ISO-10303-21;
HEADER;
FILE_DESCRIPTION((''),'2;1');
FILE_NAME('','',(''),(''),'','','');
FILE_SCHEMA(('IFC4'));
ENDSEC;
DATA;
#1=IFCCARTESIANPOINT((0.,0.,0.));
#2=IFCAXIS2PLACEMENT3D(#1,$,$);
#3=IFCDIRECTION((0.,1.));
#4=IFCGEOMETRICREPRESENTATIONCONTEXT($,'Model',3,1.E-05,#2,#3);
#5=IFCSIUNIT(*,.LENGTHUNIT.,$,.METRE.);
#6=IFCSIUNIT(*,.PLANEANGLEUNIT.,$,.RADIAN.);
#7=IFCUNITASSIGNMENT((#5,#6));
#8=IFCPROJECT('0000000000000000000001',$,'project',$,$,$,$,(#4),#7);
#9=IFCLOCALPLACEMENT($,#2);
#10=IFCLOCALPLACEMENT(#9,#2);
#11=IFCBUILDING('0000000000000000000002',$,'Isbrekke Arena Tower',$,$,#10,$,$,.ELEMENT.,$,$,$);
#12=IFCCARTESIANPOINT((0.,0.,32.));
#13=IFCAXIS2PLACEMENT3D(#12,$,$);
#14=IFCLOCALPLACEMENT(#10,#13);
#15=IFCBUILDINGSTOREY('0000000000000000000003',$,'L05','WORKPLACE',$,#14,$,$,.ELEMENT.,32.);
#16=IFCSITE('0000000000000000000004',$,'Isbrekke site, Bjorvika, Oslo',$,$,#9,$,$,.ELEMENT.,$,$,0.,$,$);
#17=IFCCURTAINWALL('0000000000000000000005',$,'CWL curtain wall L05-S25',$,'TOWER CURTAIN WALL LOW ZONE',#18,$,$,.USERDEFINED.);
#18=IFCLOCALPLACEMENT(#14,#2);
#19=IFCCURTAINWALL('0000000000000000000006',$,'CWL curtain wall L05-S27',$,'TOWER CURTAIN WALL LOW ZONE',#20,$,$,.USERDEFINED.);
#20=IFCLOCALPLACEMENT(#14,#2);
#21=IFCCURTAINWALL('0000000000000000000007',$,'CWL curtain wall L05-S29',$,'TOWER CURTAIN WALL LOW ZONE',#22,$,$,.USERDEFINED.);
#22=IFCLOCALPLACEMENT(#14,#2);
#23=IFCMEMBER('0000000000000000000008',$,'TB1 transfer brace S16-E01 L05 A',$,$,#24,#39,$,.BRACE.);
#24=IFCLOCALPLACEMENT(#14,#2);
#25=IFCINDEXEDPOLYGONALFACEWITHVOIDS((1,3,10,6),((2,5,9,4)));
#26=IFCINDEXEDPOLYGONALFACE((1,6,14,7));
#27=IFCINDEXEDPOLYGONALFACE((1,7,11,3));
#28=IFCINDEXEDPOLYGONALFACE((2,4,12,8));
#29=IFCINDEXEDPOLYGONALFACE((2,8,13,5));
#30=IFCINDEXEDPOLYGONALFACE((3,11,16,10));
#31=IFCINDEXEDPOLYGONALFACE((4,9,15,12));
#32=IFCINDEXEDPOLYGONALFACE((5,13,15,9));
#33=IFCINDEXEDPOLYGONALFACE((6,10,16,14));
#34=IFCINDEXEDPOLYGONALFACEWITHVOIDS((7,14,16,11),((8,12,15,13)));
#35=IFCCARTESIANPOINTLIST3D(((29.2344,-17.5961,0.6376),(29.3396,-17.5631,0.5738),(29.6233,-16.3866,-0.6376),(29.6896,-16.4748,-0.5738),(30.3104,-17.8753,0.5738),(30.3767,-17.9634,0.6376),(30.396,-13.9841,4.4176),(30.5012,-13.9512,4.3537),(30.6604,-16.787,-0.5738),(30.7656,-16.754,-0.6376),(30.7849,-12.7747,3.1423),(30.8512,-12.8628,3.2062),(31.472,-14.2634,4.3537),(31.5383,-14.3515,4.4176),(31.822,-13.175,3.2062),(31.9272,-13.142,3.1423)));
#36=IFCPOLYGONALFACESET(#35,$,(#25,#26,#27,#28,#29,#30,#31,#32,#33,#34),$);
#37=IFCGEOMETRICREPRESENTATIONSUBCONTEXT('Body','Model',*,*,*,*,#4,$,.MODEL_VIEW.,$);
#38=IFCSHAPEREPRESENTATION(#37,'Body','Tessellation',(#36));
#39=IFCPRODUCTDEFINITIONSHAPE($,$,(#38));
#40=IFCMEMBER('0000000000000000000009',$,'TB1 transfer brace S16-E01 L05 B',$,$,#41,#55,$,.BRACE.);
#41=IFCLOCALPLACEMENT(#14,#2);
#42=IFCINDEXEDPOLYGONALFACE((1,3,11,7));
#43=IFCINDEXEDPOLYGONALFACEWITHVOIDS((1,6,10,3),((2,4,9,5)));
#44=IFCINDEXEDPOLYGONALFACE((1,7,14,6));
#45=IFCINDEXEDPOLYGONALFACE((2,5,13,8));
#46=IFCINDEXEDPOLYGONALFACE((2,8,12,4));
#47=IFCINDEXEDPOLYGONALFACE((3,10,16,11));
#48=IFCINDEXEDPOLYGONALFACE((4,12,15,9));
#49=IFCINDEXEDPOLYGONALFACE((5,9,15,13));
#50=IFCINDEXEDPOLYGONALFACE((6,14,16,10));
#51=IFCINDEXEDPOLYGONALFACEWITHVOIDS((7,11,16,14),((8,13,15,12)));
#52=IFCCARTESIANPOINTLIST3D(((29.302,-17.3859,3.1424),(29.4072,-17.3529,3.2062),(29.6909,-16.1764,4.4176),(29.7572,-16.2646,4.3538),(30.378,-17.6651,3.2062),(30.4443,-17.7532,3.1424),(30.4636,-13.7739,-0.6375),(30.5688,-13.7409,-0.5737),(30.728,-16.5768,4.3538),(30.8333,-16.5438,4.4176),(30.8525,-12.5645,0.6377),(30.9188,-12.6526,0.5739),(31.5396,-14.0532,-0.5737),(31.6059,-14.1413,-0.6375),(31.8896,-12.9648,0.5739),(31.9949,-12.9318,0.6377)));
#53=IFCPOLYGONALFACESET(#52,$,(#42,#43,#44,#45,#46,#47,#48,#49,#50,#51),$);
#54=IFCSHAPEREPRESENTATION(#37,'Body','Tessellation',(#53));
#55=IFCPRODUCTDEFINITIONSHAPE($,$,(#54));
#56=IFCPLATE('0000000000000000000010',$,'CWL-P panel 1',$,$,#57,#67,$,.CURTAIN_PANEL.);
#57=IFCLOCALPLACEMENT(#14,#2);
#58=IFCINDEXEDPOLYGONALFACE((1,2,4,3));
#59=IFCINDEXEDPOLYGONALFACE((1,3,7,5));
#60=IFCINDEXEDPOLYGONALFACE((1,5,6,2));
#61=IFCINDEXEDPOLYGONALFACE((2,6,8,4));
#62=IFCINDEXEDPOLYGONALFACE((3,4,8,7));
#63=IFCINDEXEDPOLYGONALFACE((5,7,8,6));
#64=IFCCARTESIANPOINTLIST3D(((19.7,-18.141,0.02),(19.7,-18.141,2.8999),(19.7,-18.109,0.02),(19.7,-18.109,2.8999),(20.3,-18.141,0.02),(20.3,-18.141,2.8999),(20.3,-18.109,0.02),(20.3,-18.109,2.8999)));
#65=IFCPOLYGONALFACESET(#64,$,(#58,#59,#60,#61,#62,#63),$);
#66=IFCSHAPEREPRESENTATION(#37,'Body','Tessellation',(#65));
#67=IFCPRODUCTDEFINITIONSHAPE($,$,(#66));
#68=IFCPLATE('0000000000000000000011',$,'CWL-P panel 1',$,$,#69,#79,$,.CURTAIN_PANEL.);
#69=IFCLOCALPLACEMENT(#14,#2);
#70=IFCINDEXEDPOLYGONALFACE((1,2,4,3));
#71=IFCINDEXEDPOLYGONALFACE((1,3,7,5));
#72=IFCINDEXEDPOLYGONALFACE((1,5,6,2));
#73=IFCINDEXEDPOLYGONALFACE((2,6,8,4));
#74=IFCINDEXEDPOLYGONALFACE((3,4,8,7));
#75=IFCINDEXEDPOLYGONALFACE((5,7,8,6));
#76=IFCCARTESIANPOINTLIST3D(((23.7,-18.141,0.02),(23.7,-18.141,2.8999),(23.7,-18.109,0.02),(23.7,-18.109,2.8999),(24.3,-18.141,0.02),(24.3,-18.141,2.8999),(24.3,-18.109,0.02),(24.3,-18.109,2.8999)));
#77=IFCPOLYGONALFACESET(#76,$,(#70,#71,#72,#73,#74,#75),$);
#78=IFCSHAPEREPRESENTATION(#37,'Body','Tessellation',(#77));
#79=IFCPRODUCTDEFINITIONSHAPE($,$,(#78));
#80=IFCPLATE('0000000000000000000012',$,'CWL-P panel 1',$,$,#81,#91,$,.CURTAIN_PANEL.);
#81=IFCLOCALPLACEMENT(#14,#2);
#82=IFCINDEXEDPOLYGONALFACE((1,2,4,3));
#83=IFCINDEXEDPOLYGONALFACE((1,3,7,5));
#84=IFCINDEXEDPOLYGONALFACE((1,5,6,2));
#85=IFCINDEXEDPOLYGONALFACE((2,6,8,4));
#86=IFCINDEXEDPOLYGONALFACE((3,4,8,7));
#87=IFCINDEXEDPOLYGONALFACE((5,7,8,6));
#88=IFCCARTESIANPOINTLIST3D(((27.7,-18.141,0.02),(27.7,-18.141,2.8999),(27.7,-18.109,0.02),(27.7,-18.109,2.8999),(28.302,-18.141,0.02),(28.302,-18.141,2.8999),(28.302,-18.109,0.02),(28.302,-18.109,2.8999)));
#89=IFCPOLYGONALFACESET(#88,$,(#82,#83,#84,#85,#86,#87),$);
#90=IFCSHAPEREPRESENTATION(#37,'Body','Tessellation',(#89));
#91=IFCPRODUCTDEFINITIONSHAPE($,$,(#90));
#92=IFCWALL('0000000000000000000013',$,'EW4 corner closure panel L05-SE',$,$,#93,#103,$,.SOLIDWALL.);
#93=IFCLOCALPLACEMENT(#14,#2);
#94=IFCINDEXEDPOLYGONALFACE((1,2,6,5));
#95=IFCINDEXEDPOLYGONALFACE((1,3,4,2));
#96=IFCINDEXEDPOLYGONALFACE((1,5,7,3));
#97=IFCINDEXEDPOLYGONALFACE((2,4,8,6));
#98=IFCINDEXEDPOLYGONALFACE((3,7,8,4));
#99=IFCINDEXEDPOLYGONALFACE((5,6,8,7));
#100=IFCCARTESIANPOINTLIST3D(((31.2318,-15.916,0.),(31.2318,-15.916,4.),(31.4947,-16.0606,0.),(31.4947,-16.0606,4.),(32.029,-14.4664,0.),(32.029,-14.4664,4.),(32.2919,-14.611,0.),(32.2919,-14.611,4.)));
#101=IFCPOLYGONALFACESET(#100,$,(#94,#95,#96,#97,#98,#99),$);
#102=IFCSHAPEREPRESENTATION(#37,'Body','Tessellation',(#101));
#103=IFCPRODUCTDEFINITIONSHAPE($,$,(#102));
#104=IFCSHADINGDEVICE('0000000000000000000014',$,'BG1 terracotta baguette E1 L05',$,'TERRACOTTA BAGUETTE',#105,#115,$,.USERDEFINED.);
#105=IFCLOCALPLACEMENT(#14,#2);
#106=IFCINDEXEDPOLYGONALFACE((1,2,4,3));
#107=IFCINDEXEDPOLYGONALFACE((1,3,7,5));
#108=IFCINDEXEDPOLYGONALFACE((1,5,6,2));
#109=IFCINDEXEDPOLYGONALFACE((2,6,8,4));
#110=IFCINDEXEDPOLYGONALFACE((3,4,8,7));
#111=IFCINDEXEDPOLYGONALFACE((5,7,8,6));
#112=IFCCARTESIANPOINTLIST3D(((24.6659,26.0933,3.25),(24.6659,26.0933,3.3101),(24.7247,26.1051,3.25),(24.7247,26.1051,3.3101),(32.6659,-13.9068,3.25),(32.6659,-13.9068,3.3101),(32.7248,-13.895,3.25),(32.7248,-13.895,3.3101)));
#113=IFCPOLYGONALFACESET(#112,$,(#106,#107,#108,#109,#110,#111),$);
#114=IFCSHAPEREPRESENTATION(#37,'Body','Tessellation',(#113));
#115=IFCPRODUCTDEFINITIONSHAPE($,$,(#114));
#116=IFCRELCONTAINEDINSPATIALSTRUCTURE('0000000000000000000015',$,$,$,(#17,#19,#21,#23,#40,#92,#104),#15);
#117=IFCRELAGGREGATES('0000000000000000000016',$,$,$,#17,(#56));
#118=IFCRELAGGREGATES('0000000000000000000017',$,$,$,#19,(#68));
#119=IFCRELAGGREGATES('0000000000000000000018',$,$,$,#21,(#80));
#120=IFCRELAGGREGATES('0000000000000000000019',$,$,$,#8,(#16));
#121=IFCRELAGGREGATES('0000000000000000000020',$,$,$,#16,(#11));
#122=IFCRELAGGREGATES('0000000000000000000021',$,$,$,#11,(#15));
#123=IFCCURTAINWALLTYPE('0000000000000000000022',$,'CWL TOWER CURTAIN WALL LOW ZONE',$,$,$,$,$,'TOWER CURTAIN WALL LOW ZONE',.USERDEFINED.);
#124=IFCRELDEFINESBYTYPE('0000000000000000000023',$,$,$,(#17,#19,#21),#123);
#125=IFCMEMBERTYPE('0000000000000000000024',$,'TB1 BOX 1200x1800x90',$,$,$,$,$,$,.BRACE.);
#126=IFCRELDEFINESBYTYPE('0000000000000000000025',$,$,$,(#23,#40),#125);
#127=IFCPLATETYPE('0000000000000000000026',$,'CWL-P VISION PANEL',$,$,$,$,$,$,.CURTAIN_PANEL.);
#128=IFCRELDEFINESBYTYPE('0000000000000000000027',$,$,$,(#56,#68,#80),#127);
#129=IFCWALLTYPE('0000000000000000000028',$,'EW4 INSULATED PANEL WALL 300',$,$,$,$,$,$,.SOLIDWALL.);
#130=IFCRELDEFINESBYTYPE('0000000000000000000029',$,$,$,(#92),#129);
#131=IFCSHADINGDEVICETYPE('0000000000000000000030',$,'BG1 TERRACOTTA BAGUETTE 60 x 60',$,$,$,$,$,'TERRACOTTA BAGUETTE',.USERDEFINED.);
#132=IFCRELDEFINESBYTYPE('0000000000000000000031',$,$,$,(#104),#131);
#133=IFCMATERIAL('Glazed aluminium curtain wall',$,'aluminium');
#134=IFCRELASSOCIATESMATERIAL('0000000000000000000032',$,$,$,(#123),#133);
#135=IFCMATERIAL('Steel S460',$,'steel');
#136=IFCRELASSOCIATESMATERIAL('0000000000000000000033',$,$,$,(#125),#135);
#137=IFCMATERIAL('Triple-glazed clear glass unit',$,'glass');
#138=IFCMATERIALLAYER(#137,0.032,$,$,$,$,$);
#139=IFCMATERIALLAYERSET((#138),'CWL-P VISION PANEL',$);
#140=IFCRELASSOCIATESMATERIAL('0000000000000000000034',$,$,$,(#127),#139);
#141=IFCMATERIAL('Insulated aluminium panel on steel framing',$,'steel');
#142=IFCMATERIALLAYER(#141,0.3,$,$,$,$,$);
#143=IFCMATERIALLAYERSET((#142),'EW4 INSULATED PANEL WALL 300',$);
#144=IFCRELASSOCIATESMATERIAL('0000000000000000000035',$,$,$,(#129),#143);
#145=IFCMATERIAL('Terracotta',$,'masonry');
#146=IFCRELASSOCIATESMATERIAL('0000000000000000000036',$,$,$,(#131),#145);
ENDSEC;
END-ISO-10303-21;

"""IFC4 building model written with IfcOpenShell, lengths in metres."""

from ifc_helpers import new_model, si_unit, direction, frame, frame_2d, origin, origin_2d, place, context, subcontext, project, spatial, rectangle, hollow_rectangle, extrude, material, layer, layer_set, material_profile, profile_set, type_object, element, aggregate, save


model = new_model("IFC4")

# Units and contexts
model_context = context("Model", 3, precision=1e-05, world=origin(), true_north=direction((0.0, 1.0)))
body_context = subcontext(model_context, "Body", "Model", "MODEL_VIEW")
ifc_project = project(units=[si_unit("LENGTHUNIT", "METRE"), si_unit("PLANEANGLEUNIT", "RADIAN")], contexts=[model_context])

# Site, building, storey
site_placement = place(None, origin())
site = spatial("IfcSite", under=ifc_project, at=site_placement, Name="Isbrekke site, Bjorvika, Oslo", CompositionType="ELEMENT", RefElevation=0.0)
building_placement = place(site_placement, origin())
building = spatial("IfcBuilding", under=site, at=building_placement, Name="Isbrekke Arena Tower", CompositionType="ELEMENT")
storey_placement = place(building_placement, frame((0.0, 0.0, 32.0)))
storey = spatial("IfcBuildingStorey", under=building, at=storey_placement, Name="L05", Description="WORKPLACE", CompositionType="ELEMENT", Elevation=32.0)

# Curtain walls
ifc_material_1 = material(Name="Glazed aluminium curtain wall", Category="aluminium")
curtain_wall_type = type_object("IfcCurtainWallType", Name="CWL TOWER CURTAIN WALL LOW ZONE", ElementType="TOWER CURTAIN WALL LOW ZONE", PredefinedType="USERDEFINED", material=ifc_material_1)
curtain_wall_1_placement = place(storey_placement, origin())
curtain_wall_1 = element("IfcCurtainWall", 1, at=curtain_wall_1_placement, inside=storey, type_object=curtain_wall_type, Name="CWL curtain wall L05-S25", ObjectType="TOWER CURTAIN WALL LOW ZONE", PredefinedType="USERDEFINED")
curtain_wall_2_placement = place(storey_placement, origin())
curtain_wall_2 = element("IfcCurtainWall", 2, at=curtain_wall_2_placement, inside=storey, type_object=curtain_wall_type, Name="CWL curtain wall L05-S27", ObjectType="TOWER CURTAIN WALL LOW ZONE", PredefinedType="USERDEFINED")
curtain_wall_3_placement = place(storey_placement, origin())
curtain_wall_3 = element("IfcCurtainWall", 3, at=curtain_wall_3_placement, inside=storey, type_object=curtain_wall_type, Name="CWL curtain wall L05-S29", ObjectType="TOWER CURTAIN WALL LOW ZONE", PredefinedType="USERDEFINED")

# Members
ifc_material_2 = material(Name="Steel S460", Category="steel")
ifc_material_profile_1 = material_profile(ifc_material_2, hollow_rectangle(XDim=1.2, YDim=1.8, WallThickness=0.0901, at=origin_2d()), Name="BOX 1200x1800x90")
ifc_profile_set_1 = profile_set([ifc_material_profile_1], Name="Steel S460")
member_type_1 = type_object("IfcMemberType", Name="TB1 BOX 1200x1800x90", PredefinedType="BRACE", material=ifc_profile_set_1)
for number, where, z_axis, x_axis, name in (
    (4, (30.0, -17.175, 0.0), (0.216889, 0.674416, 0.705778), (-0.951982, 0.306153, 0.0), "TB1 transfer brace S16-E01 L05 A"),
    (5, (30.0676, -16.9648, 3.78), (0.216889, 0.674416, -0.705778), (-0.951982, 0.306153, 0.0), "TB1 transfer brace S16-E01 L05 B"),
):
    element("IfcMember", number, at=place(storey_placement, frame(where, z_axis=z_axis, x_axis=x_axis)), inside=storey, type_object=member_type_1, Name=name, PredefinedType="BRACE", context=body_context, shape_type="SweptSolid", body=[
        extrude(hollow_rectangle(XDim=1.2, YDim=1.8, WallThickness=0.0901, at=origin_2d()), origin(), (0.0, 0.0, 1.0), 5.3557),
    ])

# Plates
ifc_material_3 = material(Name="Triple-glazed clear glass unit", Category="glass")
ifc_layer_1 = layer(ifc_material_3, 0.032)
ifc_layer_set_1 = layer_set([ifc_layer_1], Name="CWL-P VISION PANEL")
plate_type = type_object("IfcPlateType", Name="CWL-P VISION PANEL", PredefinedType="CURTAIN_PANEL", material=ifc_layer_set_1)
plate_1_placement = place(storey_placement, frame((20.0, -18.125, 0.02), z_axis=(0.0, 0.0, 1.0), x_axis=(1.0, 0.0, 0.0)))
plate_1 = element("IfcPlate", 6, at=plate_1_placement, type_object=plate_type, Name="CWL-P panel 1", PredefinedType="CURTAIN_PANEL", context=body_context, shape_type="SweptSolid", body=[
    extrude(rectangle(XDim=0.6001, YDim=0.032, at=origin_2d()), origin(), (0.0, 0.0, 1.0), 2.8799),
])
aggregate(curtain_wall_1, [plate_1])
plate_2_placement = place(storey_placement, frame((24.0, -18.125, 0.02), z_axis=(0.0, 0.0, 1.0), x_axis=(1.0, 0.0, 0.0)))
plate_2 = element("IfcPlate", 7, at=plate_2_placement, type_object=plate_type, Name="CWL-P panel 1", PredefinedType="CURTAIN_PANEL", context=body_context, shape_type="SweptSolid", body=[
    extrude(rectangle(XDim=0.6001, YDim=0.032, at=origin_2d()), origin(), (0.0, 0.0, 1.0), 2.8799),
])
aggregate(curtain_wall_2, [plate_2])
plate_3_placement = place(storey_placement, frame((28.001, -18.125, 0.02), z_axis=(0.0, 0.0, 1.0), x_axis=(1.0, 0.0, 0.0)))
plate_3 = element("IfcPlate", 8, at=plate_3_placement, type_object=plate_type, Name="CWL-P panel 1", PredefinedType="CURTAIN_PANEL", context=body_context, shape_type="SweptSolid", body=[
    extrude(rectangle(XDim=0.6021, YDim=0.032, at=origin_2d()), origin(), (0.0, 0.0, 1.0), 2.8799),
])
aggregate(curtain_wall_3, [plate_3])

# Wall
ifc_material_4 = material(Name="Insulated aluminium panel on steel framing", Category="steel")
ifc_layer_2 = layer(ifc_material_4, 0.3)
ifc_layer_set_2 = layer_set([ifc_layer_2], Name="EW4 INSULATED PANEL WALL 300")
wall_type = type_object("IfcWallType", Name="EW4 INSULATED PANEL WALL 300", PredefinedType="SOLIDWALL", material=ifc_layer_set_2)
wall_placement = place(storey_placement, frame((31.3633, -15.9883, 0.0), z_axis=(0.0, 0.0, 1.0), x_axis=(0.481879, 0.876238, 0.0)))
element("IfcWall", 9, at=wall_placement, inside=storey, type_object=wall_type, Name="EW4 corner closure panel L05-SE", PredefinedType="SOLIDWALL", context=body_context, shape_type="SweptSolid", body=[
    extrude(rectangle(XDim=1.6543, YDim=0.3, at=frame_2d((0.8271, 0.0))), origin(), (0.0, 0.0, 1.0), 4.0),
])

# Shading device
ifc_material_5 = material(Name="Terracotta", Category="masonry")
ifc_material_profile_2 = material_profile(ifc_material_5, rectangle(XDim=0.0601, YDim=0.0601, at=origin_2d()), Name="BAGUETTE 60X60")
ifc_profile_set_2 = profile_set([ifc_material_profile_2], Name="Terracotta")
shading_device_type = type_object("IfcShadingDeviceType", Name="BG1 TERRACOTTA BAGUETTE 60 x 60", ElementType="TERRACOTTA BAGUETTE", PredefinedType="USERDEFINED", material=ifc_profile_set_2)
shading_device_placement = place(storey_placement, frame((32.6953, -13.9009, 3.28), z_axis=(-0.196116, 0.980581, 0.0), x_axis=(-0.980581, -0.196116, 0.0)))
element("IfcShadingDevice", 10, at=shading_device_placement, inside=storey, type_object=shading_device_type, Name="BG1 terracotta baguette E1 L05", ObjectType="TERRACOTTA BAGUETTE", PredefinedType="USERDEFINED", context=body_context, shape_type="SweptSolid", body=[
    extrude(rectangle(XDim=0.0601, YDim=0.0601, at=origin_2d()), origin(), (0.0, 0.0, 1.0), 40.7922),
])

save(model, "model.ifc")
